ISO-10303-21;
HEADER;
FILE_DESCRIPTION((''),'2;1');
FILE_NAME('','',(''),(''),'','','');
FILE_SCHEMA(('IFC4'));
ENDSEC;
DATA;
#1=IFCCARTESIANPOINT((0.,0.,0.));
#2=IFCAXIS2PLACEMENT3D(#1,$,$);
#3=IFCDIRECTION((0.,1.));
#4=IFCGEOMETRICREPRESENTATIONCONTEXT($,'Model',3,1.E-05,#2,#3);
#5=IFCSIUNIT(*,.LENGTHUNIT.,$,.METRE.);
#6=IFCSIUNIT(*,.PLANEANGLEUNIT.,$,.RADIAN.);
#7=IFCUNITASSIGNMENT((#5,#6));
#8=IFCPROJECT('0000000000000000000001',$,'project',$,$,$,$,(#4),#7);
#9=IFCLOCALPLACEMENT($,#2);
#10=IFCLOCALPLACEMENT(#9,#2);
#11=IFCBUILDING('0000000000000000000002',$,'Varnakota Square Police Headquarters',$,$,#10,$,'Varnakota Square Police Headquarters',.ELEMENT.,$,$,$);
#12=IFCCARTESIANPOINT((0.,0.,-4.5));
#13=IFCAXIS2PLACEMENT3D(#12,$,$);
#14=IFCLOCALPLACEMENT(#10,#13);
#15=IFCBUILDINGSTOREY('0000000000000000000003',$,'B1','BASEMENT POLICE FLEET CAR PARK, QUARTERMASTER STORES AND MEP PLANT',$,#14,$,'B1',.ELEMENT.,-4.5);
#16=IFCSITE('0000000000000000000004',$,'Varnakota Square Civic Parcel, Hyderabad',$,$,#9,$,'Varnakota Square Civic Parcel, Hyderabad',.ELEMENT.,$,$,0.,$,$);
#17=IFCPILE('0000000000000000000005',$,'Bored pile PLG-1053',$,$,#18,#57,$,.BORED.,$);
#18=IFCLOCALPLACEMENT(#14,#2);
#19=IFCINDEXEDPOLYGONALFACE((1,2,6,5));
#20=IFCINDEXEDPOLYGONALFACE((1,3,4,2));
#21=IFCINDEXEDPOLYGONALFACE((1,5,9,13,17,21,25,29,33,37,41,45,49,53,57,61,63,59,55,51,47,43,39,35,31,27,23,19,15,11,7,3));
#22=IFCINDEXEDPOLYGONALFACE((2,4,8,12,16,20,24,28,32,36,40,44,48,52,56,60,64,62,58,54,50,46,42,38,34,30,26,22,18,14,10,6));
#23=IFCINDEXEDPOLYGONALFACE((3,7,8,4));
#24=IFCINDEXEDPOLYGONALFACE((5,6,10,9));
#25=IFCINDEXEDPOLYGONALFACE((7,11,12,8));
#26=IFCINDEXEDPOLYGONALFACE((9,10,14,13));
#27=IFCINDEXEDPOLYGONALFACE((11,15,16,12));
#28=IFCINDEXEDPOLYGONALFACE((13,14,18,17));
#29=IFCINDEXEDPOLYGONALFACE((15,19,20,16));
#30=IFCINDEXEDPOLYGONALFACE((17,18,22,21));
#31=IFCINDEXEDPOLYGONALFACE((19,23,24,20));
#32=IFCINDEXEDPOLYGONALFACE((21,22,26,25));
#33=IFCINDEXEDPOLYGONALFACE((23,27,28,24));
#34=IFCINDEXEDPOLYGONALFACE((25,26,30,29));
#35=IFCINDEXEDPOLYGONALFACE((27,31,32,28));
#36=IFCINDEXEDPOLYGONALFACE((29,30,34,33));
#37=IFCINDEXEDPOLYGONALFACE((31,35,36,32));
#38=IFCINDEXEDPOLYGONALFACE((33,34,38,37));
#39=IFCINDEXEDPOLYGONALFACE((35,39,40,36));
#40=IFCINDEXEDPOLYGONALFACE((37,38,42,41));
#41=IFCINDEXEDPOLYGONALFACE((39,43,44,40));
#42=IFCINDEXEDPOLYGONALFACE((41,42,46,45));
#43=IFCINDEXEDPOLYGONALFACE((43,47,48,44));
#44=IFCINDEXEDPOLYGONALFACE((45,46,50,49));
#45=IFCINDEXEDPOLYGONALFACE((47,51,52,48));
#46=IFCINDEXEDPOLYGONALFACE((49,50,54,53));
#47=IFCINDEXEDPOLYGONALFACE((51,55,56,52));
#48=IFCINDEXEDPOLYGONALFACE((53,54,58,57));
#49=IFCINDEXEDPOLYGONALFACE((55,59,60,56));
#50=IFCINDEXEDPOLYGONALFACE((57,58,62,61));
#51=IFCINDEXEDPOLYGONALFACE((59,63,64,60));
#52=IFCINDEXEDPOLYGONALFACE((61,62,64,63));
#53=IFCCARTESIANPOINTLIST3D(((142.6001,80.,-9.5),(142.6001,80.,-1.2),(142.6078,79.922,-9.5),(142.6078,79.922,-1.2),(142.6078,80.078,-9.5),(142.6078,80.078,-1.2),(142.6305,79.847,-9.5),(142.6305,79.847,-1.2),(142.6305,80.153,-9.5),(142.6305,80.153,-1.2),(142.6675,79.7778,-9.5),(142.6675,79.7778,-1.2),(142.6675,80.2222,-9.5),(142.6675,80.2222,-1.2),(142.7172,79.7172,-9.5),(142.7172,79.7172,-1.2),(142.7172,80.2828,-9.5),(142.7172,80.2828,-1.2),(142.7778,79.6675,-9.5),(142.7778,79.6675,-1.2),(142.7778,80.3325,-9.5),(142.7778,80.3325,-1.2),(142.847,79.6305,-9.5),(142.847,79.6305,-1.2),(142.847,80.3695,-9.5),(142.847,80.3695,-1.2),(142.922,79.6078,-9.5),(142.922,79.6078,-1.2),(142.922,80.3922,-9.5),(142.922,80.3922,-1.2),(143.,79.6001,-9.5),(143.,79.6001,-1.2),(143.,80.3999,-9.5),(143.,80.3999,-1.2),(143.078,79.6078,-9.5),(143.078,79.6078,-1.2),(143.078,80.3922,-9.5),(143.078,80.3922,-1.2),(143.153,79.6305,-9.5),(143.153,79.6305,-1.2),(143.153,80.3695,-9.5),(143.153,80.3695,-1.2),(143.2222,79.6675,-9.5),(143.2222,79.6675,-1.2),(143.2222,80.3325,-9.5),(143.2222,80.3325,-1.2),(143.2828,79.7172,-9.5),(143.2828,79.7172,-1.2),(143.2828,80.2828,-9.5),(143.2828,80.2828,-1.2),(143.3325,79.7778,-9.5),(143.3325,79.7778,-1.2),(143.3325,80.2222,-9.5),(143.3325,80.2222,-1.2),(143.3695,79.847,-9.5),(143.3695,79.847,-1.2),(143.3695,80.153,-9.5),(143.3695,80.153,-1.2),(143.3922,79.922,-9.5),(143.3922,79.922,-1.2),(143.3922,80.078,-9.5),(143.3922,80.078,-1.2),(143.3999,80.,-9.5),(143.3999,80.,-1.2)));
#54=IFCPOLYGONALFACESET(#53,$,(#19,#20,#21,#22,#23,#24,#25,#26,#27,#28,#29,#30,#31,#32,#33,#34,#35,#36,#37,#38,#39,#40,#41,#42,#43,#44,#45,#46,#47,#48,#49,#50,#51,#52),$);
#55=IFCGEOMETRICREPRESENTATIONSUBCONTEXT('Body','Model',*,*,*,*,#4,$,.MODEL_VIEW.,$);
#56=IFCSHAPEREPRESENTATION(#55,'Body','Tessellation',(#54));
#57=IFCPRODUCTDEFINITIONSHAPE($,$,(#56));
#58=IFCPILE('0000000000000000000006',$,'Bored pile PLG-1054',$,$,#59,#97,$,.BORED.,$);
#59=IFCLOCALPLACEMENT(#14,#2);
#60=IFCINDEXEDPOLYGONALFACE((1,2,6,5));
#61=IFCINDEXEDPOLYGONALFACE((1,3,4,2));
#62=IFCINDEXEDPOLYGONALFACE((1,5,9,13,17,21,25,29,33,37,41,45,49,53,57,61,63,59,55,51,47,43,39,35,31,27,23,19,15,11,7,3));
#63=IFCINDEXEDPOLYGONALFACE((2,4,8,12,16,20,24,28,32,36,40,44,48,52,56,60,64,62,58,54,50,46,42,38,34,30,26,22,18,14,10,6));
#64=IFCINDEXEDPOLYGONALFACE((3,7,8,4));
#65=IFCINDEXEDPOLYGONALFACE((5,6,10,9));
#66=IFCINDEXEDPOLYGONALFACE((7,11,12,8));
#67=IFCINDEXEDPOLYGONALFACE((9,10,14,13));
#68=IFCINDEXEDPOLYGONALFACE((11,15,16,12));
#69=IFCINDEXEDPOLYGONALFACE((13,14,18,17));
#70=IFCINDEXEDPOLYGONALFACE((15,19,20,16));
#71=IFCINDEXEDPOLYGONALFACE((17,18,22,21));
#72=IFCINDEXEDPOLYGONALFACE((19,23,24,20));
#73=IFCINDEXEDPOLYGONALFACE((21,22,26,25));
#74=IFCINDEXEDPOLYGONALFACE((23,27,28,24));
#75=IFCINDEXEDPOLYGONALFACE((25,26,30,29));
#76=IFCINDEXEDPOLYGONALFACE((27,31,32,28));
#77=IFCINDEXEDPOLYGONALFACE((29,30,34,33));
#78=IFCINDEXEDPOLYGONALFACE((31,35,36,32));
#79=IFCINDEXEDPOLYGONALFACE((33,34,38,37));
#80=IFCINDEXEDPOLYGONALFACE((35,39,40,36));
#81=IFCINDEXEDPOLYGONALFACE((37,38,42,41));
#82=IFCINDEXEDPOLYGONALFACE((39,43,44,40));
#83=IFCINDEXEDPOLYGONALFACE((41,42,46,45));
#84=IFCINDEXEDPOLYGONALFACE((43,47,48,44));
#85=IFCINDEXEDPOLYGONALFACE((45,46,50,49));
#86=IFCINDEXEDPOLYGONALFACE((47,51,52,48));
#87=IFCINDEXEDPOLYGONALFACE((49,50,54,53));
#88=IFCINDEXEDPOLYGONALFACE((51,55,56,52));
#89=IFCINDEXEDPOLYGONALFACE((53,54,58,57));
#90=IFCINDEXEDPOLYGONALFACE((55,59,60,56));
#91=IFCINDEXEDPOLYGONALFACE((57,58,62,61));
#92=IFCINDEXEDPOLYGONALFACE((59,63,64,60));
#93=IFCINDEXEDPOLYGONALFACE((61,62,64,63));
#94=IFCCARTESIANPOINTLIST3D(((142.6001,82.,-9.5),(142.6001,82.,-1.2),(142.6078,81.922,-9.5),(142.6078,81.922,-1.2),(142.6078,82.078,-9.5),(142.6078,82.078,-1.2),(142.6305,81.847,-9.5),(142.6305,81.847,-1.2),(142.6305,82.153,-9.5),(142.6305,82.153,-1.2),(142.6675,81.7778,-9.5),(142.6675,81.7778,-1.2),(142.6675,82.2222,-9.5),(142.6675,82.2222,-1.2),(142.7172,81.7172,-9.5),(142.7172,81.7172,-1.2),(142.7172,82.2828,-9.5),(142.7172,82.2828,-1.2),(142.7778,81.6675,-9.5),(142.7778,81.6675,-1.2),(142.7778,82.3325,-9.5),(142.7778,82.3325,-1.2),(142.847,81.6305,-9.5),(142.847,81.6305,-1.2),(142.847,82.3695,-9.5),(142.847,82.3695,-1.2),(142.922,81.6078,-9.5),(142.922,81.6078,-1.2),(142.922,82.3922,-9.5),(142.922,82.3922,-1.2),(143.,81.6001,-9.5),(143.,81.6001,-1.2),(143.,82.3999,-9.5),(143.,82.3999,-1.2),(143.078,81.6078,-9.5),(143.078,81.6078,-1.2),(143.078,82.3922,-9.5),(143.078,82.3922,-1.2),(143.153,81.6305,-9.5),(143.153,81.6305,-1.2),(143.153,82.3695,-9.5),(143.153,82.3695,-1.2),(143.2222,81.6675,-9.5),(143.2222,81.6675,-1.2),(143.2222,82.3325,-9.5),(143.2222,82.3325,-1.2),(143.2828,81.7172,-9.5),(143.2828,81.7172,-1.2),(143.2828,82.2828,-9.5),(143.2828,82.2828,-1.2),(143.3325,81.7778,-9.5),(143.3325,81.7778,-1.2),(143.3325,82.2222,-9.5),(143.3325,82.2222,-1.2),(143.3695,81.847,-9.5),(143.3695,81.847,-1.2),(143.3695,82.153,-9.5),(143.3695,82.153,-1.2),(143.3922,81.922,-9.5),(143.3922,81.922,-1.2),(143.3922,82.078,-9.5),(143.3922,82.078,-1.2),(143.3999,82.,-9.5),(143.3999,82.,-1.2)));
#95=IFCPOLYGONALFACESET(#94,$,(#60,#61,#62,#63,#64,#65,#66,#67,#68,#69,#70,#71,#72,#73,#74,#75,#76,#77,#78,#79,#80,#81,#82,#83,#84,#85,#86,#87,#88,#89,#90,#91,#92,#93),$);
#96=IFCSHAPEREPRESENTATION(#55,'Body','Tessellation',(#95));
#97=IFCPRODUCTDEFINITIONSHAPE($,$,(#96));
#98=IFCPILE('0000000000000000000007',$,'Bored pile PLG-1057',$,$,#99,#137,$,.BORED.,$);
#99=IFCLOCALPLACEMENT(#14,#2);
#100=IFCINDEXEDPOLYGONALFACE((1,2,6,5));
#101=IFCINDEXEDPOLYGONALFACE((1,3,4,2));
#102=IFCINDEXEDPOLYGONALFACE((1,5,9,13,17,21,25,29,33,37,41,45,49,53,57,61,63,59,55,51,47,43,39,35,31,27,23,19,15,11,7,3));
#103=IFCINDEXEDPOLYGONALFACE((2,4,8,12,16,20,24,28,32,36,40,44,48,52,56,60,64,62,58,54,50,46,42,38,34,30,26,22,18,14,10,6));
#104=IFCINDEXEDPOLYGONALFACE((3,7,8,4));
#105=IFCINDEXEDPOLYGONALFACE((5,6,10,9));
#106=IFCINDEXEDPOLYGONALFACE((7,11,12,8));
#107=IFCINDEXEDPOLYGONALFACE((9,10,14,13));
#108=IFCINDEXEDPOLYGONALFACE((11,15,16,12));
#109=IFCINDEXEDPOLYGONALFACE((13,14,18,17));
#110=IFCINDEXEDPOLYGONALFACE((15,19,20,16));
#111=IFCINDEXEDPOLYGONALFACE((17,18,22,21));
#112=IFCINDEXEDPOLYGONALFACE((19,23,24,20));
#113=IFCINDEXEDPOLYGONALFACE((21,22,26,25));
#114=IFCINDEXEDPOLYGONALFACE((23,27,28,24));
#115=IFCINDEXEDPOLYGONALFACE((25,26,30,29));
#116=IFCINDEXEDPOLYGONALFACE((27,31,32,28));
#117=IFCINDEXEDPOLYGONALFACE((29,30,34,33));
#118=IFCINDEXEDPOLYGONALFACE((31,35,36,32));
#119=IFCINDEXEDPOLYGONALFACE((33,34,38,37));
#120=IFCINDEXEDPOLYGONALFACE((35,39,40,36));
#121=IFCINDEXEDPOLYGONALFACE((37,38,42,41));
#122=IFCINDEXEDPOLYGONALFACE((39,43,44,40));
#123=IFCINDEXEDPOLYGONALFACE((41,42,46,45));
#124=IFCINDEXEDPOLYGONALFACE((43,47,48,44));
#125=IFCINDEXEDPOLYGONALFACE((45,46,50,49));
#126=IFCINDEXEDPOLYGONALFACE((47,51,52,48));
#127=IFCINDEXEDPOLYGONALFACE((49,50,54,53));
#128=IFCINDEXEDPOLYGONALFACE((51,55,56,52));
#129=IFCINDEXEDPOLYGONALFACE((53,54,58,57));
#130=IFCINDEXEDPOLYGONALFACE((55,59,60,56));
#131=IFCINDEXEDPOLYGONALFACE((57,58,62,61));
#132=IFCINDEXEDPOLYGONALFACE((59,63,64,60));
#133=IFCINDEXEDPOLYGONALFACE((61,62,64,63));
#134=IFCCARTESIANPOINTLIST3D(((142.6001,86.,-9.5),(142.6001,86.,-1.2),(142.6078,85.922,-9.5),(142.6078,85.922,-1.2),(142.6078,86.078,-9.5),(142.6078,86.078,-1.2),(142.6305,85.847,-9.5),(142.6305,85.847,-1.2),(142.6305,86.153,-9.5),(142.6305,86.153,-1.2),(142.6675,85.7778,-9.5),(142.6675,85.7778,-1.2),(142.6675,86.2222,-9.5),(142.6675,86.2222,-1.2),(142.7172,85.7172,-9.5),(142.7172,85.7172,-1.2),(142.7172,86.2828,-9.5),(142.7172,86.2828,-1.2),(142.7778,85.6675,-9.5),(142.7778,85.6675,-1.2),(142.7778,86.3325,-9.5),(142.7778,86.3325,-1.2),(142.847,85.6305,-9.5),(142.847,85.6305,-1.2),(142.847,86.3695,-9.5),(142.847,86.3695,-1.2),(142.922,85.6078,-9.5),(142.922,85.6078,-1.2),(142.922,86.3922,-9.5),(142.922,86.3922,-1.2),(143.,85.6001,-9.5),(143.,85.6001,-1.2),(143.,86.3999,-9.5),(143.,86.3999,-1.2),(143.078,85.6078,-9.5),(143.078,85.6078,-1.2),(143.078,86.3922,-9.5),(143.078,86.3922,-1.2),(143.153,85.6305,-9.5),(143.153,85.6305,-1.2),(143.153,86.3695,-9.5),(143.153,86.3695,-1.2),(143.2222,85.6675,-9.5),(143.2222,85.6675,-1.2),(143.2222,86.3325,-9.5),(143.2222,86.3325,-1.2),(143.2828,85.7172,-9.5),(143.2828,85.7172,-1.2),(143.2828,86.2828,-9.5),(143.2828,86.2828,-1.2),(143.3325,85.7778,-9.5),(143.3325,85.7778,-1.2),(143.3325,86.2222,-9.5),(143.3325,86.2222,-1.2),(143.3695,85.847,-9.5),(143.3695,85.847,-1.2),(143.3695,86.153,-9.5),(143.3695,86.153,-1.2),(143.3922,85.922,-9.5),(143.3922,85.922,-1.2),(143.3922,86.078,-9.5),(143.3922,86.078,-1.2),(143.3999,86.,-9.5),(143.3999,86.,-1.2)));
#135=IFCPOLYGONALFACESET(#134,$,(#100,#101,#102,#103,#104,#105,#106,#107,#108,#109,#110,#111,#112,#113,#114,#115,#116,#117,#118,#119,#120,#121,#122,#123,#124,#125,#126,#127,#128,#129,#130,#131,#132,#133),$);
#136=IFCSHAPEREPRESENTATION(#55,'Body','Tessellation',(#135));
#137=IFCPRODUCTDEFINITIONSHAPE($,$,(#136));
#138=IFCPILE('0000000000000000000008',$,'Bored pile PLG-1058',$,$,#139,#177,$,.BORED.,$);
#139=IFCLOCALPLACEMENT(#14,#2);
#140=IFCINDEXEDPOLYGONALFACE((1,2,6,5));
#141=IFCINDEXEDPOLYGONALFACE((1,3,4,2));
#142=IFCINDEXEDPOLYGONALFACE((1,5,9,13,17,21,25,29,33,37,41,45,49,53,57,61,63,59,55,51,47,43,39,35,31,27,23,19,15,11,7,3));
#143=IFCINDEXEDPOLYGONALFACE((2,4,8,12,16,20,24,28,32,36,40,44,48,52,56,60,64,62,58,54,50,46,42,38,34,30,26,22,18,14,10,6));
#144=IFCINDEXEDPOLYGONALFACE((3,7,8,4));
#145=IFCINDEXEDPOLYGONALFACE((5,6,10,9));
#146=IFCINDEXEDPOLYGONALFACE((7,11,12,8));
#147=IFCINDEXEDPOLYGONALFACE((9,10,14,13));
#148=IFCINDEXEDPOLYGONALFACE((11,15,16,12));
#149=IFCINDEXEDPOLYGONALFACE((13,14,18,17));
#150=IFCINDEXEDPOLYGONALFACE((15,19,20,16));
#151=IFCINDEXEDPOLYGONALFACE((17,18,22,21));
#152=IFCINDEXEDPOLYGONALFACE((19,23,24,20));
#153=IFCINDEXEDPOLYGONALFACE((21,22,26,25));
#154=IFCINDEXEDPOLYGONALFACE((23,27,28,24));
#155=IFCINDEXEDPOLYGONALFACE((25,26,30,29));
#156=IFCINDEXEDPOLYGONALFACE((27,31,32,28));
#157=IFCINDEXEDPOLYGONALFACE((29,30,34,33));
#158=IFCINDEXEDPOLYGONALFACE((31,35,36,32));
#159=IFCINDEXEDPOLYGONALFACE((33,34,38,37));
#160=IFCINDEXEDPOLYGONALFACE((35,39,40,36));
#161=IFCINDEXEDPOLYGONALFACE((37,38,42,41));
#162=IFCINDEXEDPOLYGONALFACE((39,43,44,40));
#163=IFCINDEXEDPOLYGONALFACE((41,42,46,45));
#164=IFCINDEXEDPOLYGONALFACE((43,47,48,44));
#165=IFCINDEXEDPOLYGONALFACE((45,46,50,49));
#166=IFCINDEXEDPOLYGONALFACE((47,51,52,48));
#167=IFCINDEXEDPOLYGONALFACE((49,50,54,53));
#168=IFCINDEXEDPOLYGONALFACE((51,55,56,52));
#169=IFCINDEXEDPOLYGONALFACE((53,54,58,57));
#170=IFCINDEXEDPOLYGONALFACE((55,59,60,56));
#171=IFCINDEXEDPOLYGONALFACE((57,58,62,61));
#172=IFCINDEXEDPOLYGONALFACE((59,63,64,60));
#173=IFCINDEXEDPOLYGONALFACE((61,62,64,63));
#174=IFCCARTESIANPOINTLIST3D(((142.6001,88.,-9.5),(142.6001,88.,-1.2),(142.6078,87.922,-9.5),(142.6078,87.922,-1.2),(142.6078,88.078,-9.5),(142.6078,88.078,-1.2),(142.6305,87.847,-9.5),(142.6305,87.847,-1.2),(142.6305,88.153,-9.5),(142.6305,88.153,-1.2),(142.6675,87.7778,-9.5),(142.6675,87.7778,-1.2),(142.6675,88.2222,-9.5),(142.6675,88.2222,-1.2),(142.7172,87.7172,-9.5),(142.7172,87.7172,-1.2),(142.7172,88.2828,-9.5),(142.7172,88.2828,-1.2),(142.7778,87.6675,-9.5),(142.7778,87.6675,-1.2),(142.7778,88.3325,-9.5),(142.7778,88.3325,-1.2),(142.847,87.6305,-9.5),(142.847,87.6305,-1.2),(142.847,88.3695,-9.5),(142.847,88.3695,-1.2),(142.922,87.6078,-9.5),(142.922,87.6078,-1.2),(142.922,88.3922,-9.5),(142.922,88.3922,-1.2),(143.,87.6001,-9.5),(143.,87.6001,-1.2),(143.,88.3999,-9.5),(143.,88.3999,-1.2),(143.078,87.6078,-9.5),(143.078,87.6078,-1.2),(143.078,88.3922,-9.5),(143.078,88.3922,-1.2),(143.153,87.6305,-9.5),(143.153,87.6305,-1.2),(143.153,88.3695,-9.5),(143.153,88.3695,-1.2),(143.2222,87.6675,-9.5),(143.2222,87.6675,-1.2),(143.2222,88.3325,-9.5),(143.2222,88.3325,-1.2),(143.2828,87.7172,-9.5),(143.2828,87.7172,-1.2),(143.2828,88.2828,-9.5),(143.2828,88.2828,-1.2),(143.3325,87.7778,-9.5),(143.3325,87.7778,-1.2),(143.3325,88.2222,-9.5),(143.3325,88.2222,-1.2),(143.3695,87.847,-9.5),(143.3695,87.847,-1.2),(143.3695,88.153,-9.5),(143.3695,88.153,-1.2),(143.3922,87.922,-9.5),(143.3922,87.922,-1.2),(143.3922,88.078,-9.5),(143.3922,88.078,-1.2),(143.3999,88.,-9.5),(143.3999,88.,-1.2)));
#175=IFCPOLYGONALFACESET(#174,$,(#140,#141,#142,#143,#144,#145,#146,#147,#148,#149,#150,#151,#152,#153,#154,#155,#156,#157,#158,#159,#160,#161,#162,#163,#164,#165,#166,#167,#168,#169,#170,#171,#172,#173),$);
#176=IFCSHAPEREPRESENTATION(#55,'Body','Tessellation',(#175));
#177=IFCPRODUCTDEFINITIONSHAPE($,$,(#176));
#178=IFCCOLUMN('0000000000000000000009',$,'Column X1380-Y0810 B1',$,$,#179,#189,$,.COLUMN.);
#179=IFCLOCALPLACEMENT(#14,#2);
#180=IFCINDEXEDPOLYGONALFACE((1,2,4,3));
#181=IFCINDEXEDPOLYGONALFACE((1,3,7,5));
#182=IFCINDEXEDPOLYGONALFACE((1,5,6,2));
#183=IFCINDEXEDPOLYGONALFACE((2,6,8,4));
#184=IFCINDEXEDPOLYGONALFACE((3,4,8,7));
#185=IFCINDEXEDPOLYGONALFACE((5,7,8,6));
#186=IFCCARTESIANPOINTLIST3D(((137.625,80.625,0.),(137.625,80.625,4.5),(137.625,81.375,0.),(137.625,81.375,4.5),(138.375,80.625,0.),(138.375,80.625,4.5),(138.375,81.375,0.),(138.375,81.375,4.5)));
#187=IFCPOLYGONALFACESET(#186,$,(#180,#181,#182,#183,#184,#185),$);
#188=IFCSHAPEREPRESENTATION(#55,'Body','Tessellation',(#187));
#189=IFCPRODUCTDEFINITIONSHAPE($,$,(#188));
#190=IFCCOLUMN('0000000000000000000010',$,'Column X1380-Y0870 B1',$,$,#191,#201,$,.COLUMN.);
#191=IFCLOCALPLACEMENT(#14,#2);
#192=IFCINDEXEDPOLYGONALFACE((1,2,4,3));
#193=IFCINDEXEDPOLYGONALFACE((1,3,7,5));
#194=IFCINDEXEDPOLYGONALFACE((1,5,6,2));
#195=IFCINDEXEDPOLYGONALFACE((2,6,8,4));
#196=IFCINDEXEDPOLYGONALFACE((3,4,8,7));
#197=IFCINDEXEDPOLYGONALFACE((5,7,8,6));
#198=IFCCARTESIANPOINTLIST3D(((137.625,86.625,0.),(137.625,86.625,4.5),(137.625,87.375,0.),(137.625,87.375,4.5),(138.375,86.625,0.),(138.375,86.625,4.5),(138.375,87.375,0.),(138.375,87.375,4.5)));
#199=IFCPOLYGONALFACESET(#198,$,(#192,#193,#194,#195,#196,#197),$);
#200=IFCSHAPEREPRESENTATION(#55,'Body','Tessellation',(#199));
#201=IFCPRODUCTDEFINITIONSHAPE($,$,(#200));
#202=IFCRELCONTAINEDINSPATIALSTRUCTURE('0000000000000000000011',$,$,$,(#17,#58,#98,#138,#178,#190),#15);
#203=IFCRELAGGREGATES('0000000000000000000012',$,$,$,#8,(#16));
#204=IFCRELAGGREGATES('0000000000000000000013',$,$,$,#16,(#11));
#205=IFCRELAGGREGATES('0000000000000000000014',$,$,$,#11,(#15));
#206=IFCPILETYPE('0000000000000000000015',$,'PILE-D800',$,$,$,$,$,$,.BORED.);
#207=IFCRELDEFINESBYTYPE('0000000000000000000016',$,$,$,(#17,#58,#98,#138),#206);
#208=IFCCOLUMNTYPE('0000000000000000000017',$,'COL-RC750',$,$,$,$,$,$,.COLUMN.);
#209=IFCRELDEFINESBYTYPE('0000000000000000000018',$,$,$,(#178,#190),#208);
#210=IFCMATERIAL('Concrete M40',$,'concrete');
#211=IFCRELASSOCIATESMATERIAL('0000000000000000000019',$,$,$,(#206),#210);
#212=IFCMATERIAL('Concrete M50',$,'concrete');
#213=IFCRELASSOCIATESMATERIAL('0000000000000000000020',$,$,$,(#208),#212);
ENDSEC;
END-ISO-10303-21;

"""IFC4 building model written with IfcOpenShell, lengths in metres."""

from ifc_helpers import new_model, si_unit, direction, frame, origin, origin_2d, place, context, subcontext, project, spatial, rectangle, circle, extrude, material, material_profile, profile_set, type_object, element, save


model = new_model("IFC4")

# Units and contexts
model_context = context("Model", 3, precision=1e-05, world=origin(), true_north=direction((0.0, 1.0)))
body_context = subcontext(model_context, "Body", "Model", "MODEL_VIEW")
ifc_project = project(units=[si_unit("LENGTHUNIT", "METRE"), si_unit("PLANEANGLEUNIT", "RADIAN")], contexts=[model_context])

# Site, building, storey
site_placement = place(None, origin())
site = spatial("IfcSite", under=ifc_project, at=site_placement, Name="Varnakota Square Civic Parcel, Hyderabad", LongName="Varnakota Square Civic Parcel, Hyderabad", CompositionType="ELEMENT", RefElevation=0.0)
building_placement = place(site_placement, origin())
building = spatial("IfcBuilding", under=site, at=building_placement, Name="Varnakota Square Police Headquarters", LongName="Varnakota Square Police Headquarters", CompositionType="ELEMENT")
storey_placement = place(building_placement, frame((0.0, 0.0, -4.5)))
storey = spatial("IfcBuildingStorey", under=building, at=storey_placement, Name="B1", Description="BASEMENT POLICE FLEET CAR PARK, QUARTERMASTER STORES AND MEP PLANT", LongName="B1", CompositionType="ELEMENT", Elevation=-4.5)

# Shared definitions
ifc_material_1 = material(Name="Concrete M40", Category="concrete")

# Piles
ifc_material_profile_1 = material_profile(ifc_material_1, circle(Radius=0.3999, at=origin_2d()), Name="BORED PILE 800")
ifc_profile_set_1 = profile_set([ifc_material_profile_1], Name="Concrete M40")
pile_type = type_object("IfcPileType", Name="PILE-D800", PredefinedType="BORED", material=ifc_profile_set_1)
for number, where, z_axis, x_axis, name in (
    (1, (143.0, 80.0, -1.2), (0.0, 0.0, -1.0), (1.0, 0.0, 0.0), "Bored pile PLG-1053"),
    (2, (143.0, 82.0, -1.2), (0.0, 0.0, -1.0), (1.0, 0.0, 0.0), "Bored pile PLG-1054"),
    (3, (143.0, 86.0, -1.2), (0.0, 0.0, -1.0), (1.0, 0.0, 0.0), "Bored pile PLG-1057"),
    (4, (143.0, 88.0, -1.2), (0.0, 0.0, -1.0), (1.0, 0.0, 0.0), "Bored pile PLG-1058"),
):
    element("IfcPile", number, at=place(storey_placement, frame(where, z_axis=z_axis, x_axis=x_axis)), inside=storey, type_object=pile_type, Name=name, PredefinedType="BORED", context=body_context, shape_type="SweptSolid", body=[
        extrude(circle(Radius=0.3999, at=origin_2d()), origin(), (0.0, 0.0, 1.0), 8.3),
    ])

# Columns
ifc_material_2 = material(Name="Concrete M50", Category="concrete")
ifc_material_profile_2 = material_profile(ifc_material_2, rectangle(XDim=0.75, YDim=0.75, at=origin_2d()), Name="RC 750x750")
ifc_profile_set_2 = profile_set([ifc_material_profile_2], Name="Concrete M50")
column_type = type_object("IfcColumnType", Name="COL-RC750", PredefinedType="COLUMN", material=ifc_profile_set_2)
for number, where, z_axis, x_axis, name in (
    (5, (138.0, 81.0, 0.0), (0.0, 0.0, 1.0), (1.0, 0.0, 0.0), "Column X1380-Y0810 B1"),
    (6, (138.0, 87.0, 0.0), (0.0, 0.0, 1.0), (1.0, 0.0, 0.0), "Column X1380-Y0870 B1"),
):
    element("IfcColumn", number, at=place(storey_placement, frame(where, z_axis=z_axis, x_axis=x_axis)), inside=storey, type_object=column_type, Name=name, PredefinedType="COLUMN", context=body_context, shape_type="SweptSolid", body=[
        extrude(rectangle(XDim=0.75, YDim=0.75, at=origin_2d()), origin(), (0.0, 0.0, 1.0), 4.5),
    ])

save(model, "model.ifc")
